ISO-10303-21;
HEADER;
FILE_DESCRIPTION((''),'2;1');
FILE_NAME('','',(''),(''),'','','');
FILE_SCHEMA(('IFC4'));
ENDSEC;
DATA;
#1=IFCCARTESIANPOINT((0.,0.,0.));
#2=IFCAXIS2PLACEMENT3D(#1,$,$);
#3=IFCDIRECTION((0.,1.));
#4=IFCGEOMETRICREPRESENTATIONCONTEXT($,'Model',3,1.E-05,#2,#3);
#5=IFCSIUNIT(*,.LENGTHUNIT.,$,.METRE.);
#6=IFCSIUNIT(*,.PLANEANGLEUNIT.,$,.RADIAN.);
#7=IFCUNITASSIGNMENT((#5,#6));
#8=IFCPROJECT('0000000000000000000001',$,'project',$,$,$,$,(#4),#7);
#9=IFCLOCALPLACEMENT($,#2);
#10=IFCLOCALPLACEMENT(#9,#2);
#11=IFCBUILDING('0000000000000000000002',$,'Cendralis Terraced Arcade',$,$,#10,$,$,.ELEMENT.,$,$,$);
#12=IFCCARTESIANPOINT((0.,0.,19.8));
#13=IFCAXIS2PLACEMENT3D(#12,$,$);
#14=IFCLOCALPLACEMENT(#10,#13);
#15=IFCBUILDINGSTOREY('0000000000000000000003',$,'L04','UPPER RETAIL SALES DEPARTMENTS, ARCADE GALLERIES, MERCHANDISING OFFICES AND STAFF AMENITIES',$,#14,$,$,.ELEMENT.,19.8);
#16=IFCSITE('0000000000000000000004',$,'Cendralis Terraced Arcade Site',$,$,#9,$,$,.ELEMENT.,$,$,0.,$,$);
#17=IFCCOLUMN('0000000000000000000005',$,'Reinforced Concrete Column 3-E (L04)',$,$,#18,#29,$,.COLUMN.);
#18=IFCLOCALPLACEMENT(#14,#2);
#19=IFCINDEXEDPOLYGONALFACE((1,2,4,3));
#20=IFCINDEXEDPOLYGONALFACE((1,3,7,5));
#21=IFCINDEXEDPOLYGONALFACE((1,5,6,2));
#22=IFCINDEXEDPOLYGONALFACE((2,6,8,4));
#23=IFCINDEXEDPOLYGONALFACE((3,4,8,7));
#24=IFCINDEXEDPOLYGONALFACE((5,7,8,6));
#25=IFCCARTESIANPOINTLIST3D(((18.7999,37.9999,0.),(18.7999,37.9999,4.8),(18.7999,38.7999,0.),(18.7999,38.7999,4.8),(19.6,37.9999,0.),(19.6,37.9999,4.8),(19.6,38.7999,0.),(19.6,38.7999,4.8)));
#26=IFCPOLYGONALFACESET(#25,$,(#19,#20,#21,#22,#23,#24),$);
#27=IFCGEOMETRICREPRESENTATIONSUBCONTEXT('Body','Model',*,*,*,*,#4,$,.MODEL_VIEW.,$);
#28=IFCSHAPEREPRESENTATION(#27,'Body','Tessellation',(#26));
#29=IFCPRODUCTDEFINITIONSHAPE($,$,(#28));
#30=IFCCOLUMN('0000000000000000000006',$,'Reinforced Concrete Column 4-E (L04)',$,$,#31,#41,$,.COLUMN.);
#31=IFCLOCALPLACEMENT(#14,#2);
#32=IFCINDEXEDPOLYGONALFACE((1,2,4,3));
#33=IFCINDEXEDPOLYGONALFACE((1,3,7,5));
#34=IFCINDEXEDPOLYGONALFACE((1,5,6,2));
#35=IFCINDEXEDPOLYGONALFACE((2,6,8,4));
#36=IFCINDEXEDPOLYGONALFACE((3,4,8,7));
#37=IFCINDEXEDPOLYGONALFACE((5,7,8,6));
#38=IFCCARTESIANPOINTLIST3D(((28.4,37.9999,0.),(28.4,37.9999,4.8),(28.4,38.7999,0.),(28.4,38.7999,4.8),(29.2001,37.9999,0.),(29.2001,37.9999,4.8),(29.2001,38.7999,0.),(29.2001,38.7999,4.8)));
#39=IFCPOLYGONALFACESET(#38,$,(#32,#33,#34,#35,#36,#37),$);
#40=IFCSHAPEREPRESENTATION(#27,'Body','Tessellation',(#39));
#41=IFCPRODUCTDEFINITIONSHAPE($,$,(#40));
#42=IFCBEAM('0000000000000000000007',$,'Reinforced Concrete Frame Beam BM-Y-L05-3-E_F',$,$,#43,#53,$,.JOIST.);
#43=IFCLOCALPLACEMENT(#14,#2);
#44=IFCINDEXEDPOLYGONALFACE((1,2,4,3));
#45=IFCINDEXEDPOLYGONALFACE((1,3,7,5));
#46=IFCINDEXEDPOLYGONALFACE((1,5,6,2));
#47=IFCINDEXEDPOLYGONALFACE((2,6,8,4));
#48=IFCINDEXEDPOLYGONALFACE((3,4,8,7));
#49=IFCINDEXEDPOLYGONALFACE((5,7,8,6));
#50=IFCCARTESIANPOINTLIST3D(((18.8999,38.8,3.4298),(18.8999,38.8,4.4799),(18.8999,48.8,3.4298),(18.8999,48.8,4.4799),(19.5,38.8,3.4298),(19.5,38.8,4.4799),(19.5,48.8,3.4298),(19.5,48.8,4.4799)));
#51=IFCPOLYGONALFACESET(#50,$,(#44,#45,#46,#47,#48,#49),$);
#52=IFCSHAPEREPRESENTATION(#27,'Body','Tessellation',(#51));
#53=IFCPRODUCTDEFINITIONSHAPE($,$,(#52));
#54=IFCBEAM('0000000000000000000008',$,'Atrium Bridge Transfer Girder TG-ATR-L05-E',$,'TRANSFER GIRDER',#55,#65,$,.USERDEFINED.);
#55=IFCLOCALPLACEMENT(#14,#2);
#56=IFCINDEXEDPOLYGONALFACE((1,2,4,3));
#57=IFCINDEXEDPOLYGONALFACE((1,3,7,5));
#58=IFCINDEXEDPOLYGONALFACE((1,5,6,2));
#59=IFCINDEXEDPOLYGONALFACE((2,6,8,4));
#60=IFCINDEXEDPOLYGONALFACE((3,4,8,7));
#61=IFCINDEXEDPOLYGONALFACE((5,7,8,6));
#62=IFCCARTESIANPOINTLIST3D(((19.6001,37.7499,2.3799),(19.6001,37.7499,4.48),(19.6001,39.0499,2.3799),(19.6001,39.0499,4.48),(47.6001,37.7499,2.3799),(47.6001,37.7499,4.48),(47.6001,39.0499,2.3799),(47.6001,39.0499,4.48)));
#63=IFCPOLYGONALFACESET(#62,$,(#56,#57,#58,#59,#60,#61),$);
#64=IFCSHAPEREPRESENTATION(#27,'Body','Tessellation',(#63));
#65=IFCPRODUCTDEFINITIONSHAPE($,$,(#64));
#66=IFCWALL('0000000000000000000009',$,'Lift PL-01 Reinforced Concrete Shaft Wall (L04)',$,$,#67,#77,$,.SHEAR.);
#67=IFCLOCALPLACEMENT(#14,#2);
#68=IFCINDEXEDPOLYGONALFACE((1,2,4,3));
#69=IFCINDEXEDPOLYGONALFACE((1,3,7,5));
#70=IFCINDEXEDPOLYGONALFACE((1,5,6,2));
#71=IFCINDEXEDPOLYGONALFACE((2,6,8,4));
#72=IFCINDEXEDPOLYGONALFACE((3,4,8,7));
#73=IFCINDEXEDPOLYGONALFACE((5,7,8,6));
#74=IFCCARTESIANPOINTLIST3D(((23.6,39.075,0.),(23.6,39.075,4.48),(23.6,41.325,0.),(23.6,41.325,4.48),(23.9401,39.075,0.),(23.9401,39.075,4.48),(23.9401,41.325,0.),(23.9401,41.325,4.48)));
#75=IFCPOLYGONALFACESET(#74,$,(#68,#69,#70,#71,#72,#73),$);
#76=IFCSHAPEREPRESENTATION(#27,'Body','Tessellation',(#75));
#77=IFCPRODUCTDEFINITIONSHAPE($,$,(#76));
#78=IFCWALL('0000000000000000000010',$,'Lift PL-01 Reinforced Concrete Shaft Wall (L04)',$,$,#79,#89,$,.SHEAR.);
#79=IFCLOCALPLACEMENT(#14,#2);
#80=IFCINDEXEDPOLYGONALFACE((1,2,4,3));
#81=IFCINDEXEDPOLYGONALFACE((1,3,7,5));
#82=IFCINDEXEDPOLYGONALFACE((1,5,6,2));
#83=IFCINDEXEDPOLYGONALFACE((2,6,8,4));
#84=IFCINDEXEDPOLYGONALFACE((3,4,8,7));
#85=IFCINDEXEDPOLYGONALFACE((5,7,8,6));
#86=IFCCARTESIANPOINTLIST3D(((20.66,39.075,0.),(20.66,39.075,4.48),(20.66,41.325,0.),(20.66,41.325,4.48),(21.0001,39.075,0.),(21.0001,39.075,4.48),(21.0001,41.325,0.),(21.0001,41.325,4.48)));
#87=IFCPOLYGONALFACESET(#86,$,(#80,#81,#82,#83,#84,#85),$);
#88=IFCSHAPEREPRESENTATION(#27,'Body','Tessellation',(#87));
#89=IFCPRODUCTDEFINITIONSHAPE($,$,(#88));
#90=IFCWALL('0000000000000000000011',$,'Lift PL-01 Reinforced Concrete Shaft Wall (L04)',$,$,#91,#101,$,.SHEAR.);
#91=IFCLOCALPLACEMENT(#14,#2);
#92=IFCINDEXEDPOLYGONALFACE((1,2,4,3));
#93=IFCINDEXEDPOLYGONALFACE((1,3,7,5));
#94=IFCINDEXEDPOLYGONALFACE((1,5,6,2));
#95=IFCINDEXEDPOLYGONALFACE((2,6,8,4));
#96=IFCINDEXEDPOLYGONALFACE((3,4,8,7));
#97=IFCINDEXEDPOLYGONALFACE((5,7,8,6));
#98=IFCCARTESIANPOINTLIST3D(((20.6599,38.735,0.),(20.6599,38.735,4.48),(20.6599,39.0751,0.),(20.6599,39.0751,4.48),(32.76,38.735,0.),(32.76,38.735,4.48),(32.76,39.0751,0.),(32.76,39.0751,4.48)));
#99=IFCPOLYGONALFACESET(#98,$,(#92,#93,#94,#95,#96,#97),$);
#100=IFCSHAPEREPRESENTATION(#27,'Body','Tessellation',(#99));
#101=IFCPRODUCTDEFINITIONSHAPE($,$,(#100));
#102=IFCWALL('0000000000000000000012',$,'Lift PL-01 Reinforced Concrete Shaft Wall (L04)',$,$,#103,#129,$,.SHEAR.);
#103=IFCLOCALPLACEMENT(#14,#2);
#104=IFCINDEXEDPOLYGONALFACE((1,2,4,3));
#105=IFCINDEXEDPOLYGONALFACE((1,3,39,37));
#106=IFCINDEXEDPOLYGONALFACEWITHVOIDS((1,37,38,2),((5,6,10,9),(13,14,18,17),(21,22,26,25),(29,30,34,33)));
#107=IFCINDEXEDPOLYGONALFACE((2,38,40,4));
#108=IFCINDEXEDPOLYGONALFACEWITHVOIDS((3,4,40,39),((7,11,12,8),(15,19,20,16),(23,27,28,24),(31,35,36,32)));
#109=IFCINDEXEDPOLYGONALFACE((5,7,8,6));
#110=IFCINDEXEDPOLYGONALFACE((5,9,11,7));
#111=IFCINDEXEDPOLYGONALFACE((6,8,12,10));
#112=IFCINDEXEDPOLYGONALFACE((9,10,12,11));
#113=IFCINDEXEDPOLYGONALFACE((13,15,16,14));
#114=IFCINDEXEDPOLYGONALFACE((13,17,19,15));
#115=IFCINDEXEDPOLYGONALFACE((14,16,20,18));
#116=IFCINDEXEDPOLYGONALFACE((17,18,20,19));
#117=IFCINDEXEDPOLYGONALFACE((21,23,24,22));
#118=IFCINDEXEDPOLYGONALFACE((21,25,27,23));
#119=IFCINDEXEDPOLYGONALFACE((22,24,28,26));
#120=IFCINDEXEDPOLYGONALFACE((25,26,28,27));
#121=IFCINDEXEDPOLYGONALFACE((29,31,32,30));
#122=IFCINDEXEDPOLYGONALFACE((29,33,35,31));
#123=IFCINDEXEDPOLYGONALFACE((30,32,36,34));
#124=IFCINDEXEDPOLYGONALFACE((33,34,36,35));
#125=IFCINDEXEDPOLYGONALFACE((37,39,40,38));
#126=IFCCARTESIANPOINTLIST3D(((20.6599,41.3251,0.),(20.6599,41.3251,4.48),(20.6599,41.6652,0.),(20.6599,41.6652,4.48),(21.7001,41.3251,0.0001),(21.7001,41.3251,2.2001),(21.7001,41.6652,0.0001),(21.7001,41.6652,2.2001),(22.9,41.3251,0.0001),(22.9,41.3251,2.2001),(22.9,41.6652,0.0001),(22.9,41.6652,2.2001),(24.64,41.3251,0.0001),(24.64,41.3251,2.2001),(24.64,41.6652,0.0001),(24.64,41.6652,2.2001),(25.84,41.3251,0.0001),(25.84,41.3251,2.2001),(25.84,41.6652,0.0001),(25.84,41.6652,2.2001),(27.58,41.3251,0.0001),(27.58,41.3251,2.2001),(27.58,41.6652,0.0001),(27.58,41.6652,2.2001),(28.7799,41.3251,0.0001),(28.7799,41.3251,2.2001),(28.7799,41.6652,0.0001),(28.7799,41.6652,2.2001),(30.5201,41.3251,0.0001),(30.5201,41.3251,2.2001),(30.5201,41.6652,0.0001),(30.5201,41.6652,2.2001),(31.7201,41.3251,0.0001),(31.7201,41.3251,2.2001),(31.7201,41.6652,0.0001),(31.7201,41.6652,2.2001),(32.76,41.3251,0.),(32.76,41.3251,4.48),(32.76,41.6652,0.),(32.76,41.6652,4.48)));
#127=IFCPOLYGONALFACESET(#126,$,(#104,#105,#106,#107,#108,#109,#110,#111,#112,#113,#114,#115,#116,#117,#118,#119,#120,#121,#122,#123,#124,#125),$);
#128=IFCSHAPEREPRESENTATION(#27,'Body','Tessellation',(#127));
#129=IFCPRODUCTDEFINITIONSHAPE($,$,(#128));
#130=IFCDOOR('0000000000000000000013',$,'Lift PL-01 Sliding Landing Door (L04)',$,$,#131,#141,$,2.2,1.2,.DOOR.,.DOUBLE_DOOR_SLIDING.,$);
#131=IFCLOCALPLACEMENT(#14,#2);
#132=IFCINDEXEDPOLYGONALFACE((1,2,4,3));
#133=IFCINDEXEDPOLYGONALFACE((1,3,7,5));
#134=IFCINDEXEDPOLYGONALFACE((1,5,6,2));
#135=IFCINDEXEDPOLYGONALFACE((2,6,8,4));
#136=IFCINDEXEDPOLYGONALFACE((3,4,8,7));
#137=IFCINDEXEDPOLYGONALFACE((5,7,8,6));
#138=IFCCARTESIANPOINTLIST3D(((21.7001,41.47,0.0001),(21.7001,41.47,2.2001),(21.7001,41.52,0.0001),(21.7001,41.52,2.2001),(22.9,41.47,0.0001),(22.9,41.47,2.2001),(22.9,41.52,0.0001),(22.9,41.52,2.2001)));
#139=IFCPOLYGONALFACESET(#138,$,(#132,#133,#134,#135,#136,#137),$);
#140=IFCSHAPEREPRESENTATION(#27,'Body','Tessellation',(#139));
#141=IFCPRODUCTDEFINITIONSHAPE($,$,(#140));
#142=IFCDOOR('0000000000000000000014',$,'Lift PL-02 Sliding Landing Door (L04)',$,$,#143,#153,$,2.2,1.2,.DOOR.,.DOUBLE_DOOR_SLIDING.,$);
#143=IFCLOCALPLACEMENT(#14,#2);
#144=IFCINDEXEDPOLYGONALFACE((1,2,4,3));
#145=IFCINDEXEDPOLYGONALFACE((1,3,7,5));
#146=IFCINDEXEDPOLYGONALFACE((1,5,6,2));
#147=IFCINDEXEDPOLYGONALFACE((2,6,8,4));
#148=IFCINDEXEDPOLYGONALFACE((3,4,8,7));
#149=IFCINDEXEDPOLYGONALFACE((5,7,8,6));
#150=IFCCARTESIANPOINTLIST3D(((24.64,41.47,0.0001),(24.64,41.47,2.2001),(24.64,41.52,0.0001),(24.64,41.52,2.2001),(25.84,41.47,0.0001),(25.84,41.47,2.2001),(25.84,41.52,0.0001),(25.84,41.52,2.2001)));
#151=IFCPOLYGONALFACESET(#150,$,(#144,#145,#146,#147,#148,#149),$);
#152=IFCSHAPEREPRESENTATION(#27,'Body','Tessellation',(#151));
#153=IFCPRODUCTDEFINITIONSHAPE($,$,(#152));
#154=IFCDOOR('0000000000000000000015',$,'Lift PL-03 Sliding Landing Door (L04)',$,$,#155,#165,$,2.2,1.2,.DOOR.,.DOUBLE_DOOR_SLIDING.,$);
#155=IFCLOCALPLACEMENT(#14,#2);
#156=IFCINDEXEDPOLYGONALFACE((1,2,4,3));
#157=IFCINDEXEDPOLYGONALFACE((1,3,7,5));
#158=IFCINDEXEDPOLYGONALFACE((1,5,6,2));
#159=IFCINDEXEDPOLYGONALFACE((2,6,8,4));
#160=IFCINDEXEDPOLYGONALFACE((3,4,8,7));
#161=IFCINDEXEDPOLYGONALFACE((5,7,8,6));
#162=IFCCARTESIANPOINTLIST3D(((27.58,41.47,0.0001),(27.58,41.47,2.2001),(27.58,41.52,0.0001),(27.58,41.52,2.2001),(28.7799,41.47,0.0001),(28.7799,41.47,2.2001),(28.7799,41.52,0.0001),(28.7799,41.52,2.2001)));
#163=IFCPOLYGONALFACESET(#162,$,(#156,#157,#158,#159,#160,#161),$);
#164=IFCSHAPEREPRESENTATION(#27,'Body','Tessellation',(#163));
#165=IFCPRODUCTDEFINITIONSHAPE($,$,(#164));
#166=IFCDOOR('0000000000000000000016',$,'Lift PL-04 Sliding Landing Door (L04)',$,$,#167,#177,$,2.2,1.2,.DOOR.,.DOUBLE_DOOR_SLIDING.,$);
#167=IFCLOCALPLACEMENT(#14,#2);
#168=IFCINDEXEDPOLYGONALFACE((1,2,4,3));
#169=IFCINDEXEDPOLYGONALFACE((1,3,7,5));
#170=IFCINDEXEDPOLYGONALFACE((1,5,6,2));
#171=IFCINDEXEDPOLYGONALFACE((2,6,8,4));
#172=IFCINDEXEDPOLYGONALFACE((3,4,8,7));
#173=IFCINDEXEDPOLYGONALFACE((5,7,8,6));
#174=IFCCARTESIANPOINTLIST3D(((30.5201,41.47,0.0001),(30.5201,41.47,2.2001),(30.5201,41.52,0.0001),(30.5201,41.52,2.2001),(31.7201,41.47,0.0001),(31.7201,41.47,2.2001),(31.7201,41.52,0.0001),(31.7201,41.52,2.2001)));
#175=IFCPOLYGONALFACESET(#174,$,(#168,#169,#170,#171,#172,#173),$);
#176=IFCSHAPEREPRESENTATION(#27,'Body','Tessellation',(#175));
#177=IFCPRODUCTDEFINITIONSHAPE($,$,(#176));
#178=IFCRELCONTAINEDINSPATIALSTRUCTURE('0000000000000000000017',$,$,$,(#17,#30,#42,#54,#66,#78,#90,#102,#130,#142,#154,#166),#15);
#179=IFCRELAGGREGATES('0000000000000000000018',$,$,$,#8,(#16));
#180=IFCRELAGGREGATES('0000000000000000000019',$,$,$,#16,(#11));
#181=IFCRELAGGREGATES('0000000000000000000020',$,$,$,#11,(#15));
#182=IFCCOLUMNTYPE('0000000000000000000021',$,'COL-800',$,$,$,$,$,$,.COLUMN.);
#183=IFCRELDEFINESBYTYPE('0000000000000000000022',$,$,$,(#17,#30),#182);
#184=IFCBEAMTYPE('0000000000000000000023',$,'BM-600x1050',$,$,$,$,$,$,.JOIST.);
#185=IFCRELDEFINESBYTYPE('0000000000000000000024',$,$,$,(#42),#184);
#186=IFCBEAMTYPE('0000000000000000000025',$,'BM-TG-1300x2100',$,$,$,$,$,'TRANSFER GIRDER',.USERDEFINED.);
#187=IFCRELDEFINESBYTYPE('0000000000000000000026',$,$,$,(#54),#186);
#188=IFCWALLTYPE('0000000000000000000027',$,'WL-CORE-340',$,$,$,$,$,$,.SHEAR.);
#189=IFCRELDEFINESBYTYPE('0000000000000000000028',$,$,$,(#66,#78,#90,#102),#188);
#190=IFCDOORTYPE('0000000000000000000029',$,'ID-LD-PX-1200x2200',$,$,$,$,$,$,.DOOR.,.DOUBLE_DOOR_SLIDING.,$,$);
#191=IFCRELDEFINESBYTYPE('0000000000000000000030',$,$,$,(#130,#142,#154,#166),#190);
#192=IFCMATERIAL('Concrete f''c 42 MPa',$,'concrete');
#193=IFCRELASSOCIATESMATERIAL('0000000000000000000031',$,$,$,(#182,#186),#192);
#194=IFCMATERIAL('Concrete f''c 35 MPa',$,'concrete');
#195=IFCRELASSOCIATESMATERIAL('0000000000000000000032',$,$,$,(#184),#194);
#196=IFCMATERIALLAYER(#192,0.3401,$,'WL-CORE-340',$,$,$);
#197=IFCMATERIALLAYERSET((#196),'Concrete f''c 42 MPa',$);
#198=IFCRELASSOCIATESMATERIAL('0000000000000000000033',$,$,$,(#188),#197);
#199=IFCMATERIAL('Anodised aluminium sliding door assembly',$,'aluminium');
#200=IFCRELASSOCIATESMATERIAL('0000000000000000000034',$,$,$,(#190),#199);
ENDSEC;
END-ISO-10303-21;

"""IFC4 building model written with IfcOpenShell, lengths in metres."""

from ifc_helpers import new_model, si_unit, direction, frame, frame_2d, origin, origin_2d, place, context, subcontext, project, spatial, rectangle, extrude, material, layer, layer_set, material_profile, profile_set, type_object, element, fill, save


model = new_model("IFC4")

# Units and contexts
model_context = context("Model", 3, precision=1e-05, world=origin(), true_north=direction((0.0, 1.0)))
body_context = subcontext(model_context, "Body", "Model", "MODEL_VIEW")
ifc_project = project(units=[si_unit("LENGTHUNIT", "METRE"), si_unit("PLANEANGLEUNIT", "RADIAN")], contexts=[model_context])

# Site, building, storey
site_placement = place(None, origin())
site = spatial("IfcSite", under=ifc_project, at=site_placement, Name="Cendralis Terraced Arcade Site", CompositionType="ELEMENT", RefElevation=0.0)
building_placement = place(site_placement, origin())
building = spatial("IfcBuilding", under=site, at=building_placement, Name="Cendralis Terraced Arcade", CompositionType="ELEMENT")
storey_placement = place(building_placement, frame((0.0, 0.0, 19.8)))
storey = spatial("IfcBuildingStorey", under=building, at=storey_placement, Name="L04", Description="UPPER RETAIL SALES DEPARTMENTS, ARCADE GALLERIES, MERCHANDISING OFFICES AND STAFF AMENITIES", CompositionType="ELEMENT", Elevation=19.8)

# Columns
ifc_material_1 = material(Name="Concrete f'c 42 MPa", Category="concrete")
ifc_material_profile_1 = material_profile(ifc_material_1, rectangle(XDim=0.8, YDim=0.8, at=origin_2d()), Name="RC-COL-800x800", Category="LoadBearing")
ifc_profile_set_1 = profile_set([ifc_material_profile_1], Name="Concrete f'c 42 MPa")
column_type = type_object("IfcColumnType", Name="COL-800", PredefinedType="COLUMN", material=ifc_profile_set_1)
for number, where, z_axis, x_axis, name in (
    (1, (19.2, 38.3999, 0.0), (0.0, 0.0, 1.0), (1.0, 0.0, 0.0), "Reinforced Concrete Column 3-E (L04)"),
    (2, (28.8, 38.3999, 0.0), (0.0, 0.0, 1.0), (1.0, 0.0, 0.0), "Reinforced Concrete Column 4-E (L04)"),
):
    element("IfcColumn", number, at=place(storey_placement, frame(where, z_axis=z_axis, x_axis=x_axis)), inside=storey, type_object=column_type, Name=name, PredefinedType="COLUMN", context=body_context, shape_type="SweptSolid", body=[
        extrude(rectangle(XDim=0.8, YDim=0.8, at=origin_2d()), origin(), (0.0, 0.0, 1.0), 4.8),
    ])

# Beams
ifc_material_2 = material(Name="Concrete f'c 35 MPa", Category="concrete")
ifc_material_profile_2 = material_profile(ifc_material_2, rectangle(XDim=0.6001, YDim=1.05, at=origin_2d()), Name="RC-BM-600x1050", Category="LoadBearing")
ifc_profile_set_2 = profile_set([ifc_material_profile_2], Name="Concrete f'c 35 MPa")
beam_type_1 = type_object("IfcBeamType", Name="BM-600x1050", PredefinedType="JOIST", material=ifc_profile_set_2)
beam_1_placement = place(storey_placement, frame((19.2, 38.8, 3.9548), z_axis=(0.0, 1.0, 0.0), x_axis=(-1.0, 0.0, 0.0)))
element("IfcBeam", 3, at=beam_1_placement, inside=storey, type_object=beam_type_1, Name="Reinforced Concrete Frame Beam BM-Y-L05-3-E_F", PredefinedType="JOIST", context=body_context, shape_type="SweptSolid", body=[
    extrude(rectangle(XDim=0.6001, YDim=1.05, at=origin_2d()), origin(), (0.0, 0.0, 1.0), 10.0),
])
ifc_material_profile_3 = material_profile(ifc_material_1, rectangle(XDim=1.3, YDim=2.1001, at=origin_2d()), Name="RC-TG-1300x2100", Category="LoadBearing")
ifc_profile_set_3 = profile_set([ifc_material_profile_3], Name="Concrete f'c 42 MPa")
beam_type_2 = type_object("IfcBeamType", Name="BM-TG-1300x2100", ElementType="TRANSFER GIRDER", PredefinedType="USERDEFINED", material=ifc_profile_set_3)
beam_2_placement = place(storey_placement, frame((19.6001, 38.3999, 3.4299), z_axis=(1.0, 0.0, 0.0), x_axis=(0.0, 1.0, 0.0)))
element("IfcBeam", 4, at=beam_2_placement, inside=storey, type_object=beam_type_2, Name="Atrium Bridge Transfer Girder TG-ATR-L05-E", ObjectType="TRANSFER GIRDER", PredefinedType="USERDEFINED", context=body_context, shape_type="SweptSolid", body=[
    extrude(rectangle(XDim=1.3, YDim=2.1001, at=origin_2d()), origin(), (0.0, 0.0, 1.0), 28.0),
])

# Walls
ifc_layer_1 = layer(ifc_material_1, 0.3401, Name="WL-CORE-340")
ifc_layer_set_1 = layer_set([ifc_layer_1], Name="Concrete f'c 42 MPa")
wall_type_1 = type_object("IfcWallType", Name="WL-CORE-340", PredefinedType="SHEAR", material=ifc_layer_set_1)
for number, where, z_axis, x_axis, name in (
    (5, (23.77, 39.075, 0.0), (0.0, 0.0, 1.0), (0.0, 1.0, 0.0), "Lift PL-01 Reinforced Concrete Shaft Wall (L04)"),
    (6, (20.8301, 39.075, 0.0), (0.0, 0.0, 1.0), (0.0, 1.0, 0.0), "Lift PL-01 Reinforced Concrete Shaft Wall (L04)"),
):
    element("IfcWall", number, at=place(storey_placement, frame(where, z_axis=z_axis, x_axis=x_axis)), inside=storey, type_object=wall_type_1, Name=name, PredefinedType="SHEAR", context=body_context, shape_type="SweptSolid", body=[
        extrude(rectangle(XDim=2.25, YDim=0.3401, at=frame_2d((1.125, 0.0))), origin(), (0.0, 0.0, 1.0), 4.48),
    ])
wall_1_placement = place(storey_placement, frame((20.6599, 38.905, 0.0), z_axis=(0.0, 0.0, 1.0), x_axis=(1.0, 0.0, 0.0)))
element("IfcWall", 7, at=wall_1_placement, inside=storey, type_object=wall_type_1, Name="Lift PL-01 Reinforced Concrete Shaft Wall (L04)", PredefinedType="SHEAR", context=body_context, shape_type="SweptSolid", body=[
    extrude(rectangle(XDim=12.1001, YDim=0.3401, at=frame_2d((6.05, 0.0))), origin(), (0.0, 0.0, 1.0), 4.48),
])

# Wall, openings, doors
wall_2_placement = place(storey_placement, frame((20.6599, 41.4951, 0.0), z_axis=(0.0, 0.0, 1.0), x_axis=(1.0, 0.0, 0.0)))
wall_2 = element("IfcWall", 8, at=wall_2_placement, inside=storey, type_object=wall_type_1, Name="Lift PL-01 Reinforced Concrete Shaft Wall (L04)", PredefinedType="SHEAR", context=body_context, shape_type="SweptSolid", body=[
    extrude(rectangle(XDim=12.1001, YDim=0.3401, at=frame_2d((6.05, 0.0))), origin(), (0.0, 0.0, 1.0), 4.48),
])
opening_1_placement = place(wall_2_placement, frame((1.04, 0.0, 0.0)))
opening_1 = element("IfcOpeningElement", 9, at=opening_1_placement, cuts=wall_2, PredefinedType="OPENING", context=body_context, shape_type="SweptSolid", body=[
    extrude(rectangle(XDim=1.2, YDim=2.2, at=frame_2d((0.6001, 1.1001))), frame((0.0, 0.1821, 0.0), z_axis=(0.0, -1.0, 0.0), x_axis=(1.0, 0.0, 0.0)), (0.0, 0.0, 1.0), 0.364),
])
opening_2_placement = place(wall_2_placement, frame((3.98, 0.0, 0.0)))
opening_2 = element("IfcOpeningElement", 10, at=opening_2_placement, cuts=wall_2, PredefinedType="OPENING", context=body_context, shape_type="SweptSolid", body=[
    extrude(rectangle(XDim=1.2, YDim=2.2, at=frame_2d((0.6001, 1.1001))), frame((0.0, 0.1821, 0.0), z_axis=(0.0, -1.0, 0.0), x_axis=(1.0, 0.0, 0.0)), (0.0, 0.0, 1.0), 0.364),
])
opening_3_placement = place(wall_2_placement, frame((6.9199, 0.0, 0.0)))
opening_3 = element("IfcOpeningElement", 11, at=opening_3_placement, cuts=wall_2, PredefinedType="OPENING", context=body_context, shape_type="SweptSolid", body=[
    extrude(rectangle(XDim=1.2, YDim=2.2, at=frame_2d((0.6001, 1.1001))), frame((0.0, 0.1821, 0.0), z_axis=(0.0, -1.0, 0.0), x_axis=(1.0, 0.0, 0.0)), (0.0, 0.0, 1.0), 0.364),
])
opening_4_placement = place(wall_2_placement, frame((9.8601, 0.0, 0.0)))
opening_4 = element("IfcOpeningElement", 12, at=opening_4_placement, cuts=wall_2, PredefinedType="OPENING", context=body_context, shape_type="SweptSolid", body=[
    extrude(rectangle(XDim=1.2, YDim=2.2, at=frame_2d((0.6001, 1.1001))), frame((0.0, 0.1821, 0.0), z_axis=(0.0, -1.0, 0.0), x_axis=(1.0, 0.0, 0.0)), (0.0, 0.0, 1.0), 0.364),
])
ifc_material_3 = material(Name="Anodised aluminium sliding door assembly", Category="aluminium")
door_type_1 = type_object("IfcDoorType", Name="ID-LD-PX-1200x2200", OperationType="DOUBLE_DOOR_SLIDING", PredefinedType="DOOR", material=ifc_material_3)
door_1_placement = place(opening_1_placement, origin())
door_1 = element("IfcDoor", 13, at=door_1_placement, inside=storey, type_object=door_type_1, Name="Lift PL-01 Sliding Landing Door (L04)", OperationType="DOUBLE_DOOR_SLIDING", OverallHeight=2.2, OverallWidth=1.2, PredefinedType="DOOR", context=body_context, shape_type="SweptSolid", body=[
    extrude(rectangle(XDim=1.2, YDim=2.2, at=frame_2d((0.6001, 1.1001))), frame((0.0, 0.0249, 0.0), z_axis=(0.0, -1.0, 0.0), x_axis=(1.0, 0.0, 0.0)), (0.0, 0.0, 1.0), 0.05),
])
fill(opening_1, door_1)
door_2_placement = place(opening_2_placement, origin())
door_2 = element("IfcDoor", 14, at=door_2_placement, inside=storey, type_object=door_type_1, Name="Lift PL-02 Sliding Landing Door (L04)", OperationType="DOUBLE_DOOR_SLIDING", OverallHeight=2.2, OverallWidth=1.2, PredefinedType="DOOR", context=body_context, shape_type="SweptSolid", body=[
    extrude(rectangle(XDim=1.2, YDim=2.2, at=frame_2d((0.6001, 1.1001))), frame((0.0, 0.0249, 0.0), z_axis=(0.0, -1.0, 0.0), x_axis=(1.0, 0.0, 0.0)), (0.0, 0.0, 1.0), 0.05),
])
fill(opening_2, door_2)
door_3_placement = place(opening_3_placement, origin())
door_3 = element("IfcDoor", 15, at=door_3_placement, inside=storey, type_object=door_type_1, Name="Lift PL-03 Sliding Landing Door (L04)", OperationType="DOUBLE_DOOR_SLIDING", OverallHeight=2.2, OverallWidth=1.2, PredefinedType="DOOR", context=body_context, shape_type="SweptSolid", body=[
    extrude(rectangle(XDim=1.2, YDim=2.2, at=frame_2d((0.6001, 1.1001))), frame((0.0, 0.0249, 0.0), z_axis=(0.0, -1.0, 0.0), x_axis=(1.0, 0.0, 0.0)), (0.0, 0.0, 1.0), 0.05),
])
fill(opening_3, door_3)
door_4_placement = place(opening_4_placement, origin())
door_4 = element("IfcDoor", 16, at=door_4_placement, inside=storey, type_object=door_type_1, Name="Lift PL-04 Sliding Landing Door (L04)", OperationType="DOUBLE_DOOR_SLIDING", OverallHeight=2.2, OverallWidth=1.2, PredefinedType="DOOR", context=body_context, shape_type="SweptSolid", body=[
    extrude(rectangle(XDim=1.2, YDim=2.2, at=frame_2d((0.6001, 1.1001))), frame((0.0, 0.0249, 0.0), z_axis=(0.0, -1.0, 0.0), x_axis=(1.0, 0.0, 0.0)), (0.0, 0.0, 1.0), 0.05),
])
fill(opening_4, door_4)

save(model, "model.ifc")
